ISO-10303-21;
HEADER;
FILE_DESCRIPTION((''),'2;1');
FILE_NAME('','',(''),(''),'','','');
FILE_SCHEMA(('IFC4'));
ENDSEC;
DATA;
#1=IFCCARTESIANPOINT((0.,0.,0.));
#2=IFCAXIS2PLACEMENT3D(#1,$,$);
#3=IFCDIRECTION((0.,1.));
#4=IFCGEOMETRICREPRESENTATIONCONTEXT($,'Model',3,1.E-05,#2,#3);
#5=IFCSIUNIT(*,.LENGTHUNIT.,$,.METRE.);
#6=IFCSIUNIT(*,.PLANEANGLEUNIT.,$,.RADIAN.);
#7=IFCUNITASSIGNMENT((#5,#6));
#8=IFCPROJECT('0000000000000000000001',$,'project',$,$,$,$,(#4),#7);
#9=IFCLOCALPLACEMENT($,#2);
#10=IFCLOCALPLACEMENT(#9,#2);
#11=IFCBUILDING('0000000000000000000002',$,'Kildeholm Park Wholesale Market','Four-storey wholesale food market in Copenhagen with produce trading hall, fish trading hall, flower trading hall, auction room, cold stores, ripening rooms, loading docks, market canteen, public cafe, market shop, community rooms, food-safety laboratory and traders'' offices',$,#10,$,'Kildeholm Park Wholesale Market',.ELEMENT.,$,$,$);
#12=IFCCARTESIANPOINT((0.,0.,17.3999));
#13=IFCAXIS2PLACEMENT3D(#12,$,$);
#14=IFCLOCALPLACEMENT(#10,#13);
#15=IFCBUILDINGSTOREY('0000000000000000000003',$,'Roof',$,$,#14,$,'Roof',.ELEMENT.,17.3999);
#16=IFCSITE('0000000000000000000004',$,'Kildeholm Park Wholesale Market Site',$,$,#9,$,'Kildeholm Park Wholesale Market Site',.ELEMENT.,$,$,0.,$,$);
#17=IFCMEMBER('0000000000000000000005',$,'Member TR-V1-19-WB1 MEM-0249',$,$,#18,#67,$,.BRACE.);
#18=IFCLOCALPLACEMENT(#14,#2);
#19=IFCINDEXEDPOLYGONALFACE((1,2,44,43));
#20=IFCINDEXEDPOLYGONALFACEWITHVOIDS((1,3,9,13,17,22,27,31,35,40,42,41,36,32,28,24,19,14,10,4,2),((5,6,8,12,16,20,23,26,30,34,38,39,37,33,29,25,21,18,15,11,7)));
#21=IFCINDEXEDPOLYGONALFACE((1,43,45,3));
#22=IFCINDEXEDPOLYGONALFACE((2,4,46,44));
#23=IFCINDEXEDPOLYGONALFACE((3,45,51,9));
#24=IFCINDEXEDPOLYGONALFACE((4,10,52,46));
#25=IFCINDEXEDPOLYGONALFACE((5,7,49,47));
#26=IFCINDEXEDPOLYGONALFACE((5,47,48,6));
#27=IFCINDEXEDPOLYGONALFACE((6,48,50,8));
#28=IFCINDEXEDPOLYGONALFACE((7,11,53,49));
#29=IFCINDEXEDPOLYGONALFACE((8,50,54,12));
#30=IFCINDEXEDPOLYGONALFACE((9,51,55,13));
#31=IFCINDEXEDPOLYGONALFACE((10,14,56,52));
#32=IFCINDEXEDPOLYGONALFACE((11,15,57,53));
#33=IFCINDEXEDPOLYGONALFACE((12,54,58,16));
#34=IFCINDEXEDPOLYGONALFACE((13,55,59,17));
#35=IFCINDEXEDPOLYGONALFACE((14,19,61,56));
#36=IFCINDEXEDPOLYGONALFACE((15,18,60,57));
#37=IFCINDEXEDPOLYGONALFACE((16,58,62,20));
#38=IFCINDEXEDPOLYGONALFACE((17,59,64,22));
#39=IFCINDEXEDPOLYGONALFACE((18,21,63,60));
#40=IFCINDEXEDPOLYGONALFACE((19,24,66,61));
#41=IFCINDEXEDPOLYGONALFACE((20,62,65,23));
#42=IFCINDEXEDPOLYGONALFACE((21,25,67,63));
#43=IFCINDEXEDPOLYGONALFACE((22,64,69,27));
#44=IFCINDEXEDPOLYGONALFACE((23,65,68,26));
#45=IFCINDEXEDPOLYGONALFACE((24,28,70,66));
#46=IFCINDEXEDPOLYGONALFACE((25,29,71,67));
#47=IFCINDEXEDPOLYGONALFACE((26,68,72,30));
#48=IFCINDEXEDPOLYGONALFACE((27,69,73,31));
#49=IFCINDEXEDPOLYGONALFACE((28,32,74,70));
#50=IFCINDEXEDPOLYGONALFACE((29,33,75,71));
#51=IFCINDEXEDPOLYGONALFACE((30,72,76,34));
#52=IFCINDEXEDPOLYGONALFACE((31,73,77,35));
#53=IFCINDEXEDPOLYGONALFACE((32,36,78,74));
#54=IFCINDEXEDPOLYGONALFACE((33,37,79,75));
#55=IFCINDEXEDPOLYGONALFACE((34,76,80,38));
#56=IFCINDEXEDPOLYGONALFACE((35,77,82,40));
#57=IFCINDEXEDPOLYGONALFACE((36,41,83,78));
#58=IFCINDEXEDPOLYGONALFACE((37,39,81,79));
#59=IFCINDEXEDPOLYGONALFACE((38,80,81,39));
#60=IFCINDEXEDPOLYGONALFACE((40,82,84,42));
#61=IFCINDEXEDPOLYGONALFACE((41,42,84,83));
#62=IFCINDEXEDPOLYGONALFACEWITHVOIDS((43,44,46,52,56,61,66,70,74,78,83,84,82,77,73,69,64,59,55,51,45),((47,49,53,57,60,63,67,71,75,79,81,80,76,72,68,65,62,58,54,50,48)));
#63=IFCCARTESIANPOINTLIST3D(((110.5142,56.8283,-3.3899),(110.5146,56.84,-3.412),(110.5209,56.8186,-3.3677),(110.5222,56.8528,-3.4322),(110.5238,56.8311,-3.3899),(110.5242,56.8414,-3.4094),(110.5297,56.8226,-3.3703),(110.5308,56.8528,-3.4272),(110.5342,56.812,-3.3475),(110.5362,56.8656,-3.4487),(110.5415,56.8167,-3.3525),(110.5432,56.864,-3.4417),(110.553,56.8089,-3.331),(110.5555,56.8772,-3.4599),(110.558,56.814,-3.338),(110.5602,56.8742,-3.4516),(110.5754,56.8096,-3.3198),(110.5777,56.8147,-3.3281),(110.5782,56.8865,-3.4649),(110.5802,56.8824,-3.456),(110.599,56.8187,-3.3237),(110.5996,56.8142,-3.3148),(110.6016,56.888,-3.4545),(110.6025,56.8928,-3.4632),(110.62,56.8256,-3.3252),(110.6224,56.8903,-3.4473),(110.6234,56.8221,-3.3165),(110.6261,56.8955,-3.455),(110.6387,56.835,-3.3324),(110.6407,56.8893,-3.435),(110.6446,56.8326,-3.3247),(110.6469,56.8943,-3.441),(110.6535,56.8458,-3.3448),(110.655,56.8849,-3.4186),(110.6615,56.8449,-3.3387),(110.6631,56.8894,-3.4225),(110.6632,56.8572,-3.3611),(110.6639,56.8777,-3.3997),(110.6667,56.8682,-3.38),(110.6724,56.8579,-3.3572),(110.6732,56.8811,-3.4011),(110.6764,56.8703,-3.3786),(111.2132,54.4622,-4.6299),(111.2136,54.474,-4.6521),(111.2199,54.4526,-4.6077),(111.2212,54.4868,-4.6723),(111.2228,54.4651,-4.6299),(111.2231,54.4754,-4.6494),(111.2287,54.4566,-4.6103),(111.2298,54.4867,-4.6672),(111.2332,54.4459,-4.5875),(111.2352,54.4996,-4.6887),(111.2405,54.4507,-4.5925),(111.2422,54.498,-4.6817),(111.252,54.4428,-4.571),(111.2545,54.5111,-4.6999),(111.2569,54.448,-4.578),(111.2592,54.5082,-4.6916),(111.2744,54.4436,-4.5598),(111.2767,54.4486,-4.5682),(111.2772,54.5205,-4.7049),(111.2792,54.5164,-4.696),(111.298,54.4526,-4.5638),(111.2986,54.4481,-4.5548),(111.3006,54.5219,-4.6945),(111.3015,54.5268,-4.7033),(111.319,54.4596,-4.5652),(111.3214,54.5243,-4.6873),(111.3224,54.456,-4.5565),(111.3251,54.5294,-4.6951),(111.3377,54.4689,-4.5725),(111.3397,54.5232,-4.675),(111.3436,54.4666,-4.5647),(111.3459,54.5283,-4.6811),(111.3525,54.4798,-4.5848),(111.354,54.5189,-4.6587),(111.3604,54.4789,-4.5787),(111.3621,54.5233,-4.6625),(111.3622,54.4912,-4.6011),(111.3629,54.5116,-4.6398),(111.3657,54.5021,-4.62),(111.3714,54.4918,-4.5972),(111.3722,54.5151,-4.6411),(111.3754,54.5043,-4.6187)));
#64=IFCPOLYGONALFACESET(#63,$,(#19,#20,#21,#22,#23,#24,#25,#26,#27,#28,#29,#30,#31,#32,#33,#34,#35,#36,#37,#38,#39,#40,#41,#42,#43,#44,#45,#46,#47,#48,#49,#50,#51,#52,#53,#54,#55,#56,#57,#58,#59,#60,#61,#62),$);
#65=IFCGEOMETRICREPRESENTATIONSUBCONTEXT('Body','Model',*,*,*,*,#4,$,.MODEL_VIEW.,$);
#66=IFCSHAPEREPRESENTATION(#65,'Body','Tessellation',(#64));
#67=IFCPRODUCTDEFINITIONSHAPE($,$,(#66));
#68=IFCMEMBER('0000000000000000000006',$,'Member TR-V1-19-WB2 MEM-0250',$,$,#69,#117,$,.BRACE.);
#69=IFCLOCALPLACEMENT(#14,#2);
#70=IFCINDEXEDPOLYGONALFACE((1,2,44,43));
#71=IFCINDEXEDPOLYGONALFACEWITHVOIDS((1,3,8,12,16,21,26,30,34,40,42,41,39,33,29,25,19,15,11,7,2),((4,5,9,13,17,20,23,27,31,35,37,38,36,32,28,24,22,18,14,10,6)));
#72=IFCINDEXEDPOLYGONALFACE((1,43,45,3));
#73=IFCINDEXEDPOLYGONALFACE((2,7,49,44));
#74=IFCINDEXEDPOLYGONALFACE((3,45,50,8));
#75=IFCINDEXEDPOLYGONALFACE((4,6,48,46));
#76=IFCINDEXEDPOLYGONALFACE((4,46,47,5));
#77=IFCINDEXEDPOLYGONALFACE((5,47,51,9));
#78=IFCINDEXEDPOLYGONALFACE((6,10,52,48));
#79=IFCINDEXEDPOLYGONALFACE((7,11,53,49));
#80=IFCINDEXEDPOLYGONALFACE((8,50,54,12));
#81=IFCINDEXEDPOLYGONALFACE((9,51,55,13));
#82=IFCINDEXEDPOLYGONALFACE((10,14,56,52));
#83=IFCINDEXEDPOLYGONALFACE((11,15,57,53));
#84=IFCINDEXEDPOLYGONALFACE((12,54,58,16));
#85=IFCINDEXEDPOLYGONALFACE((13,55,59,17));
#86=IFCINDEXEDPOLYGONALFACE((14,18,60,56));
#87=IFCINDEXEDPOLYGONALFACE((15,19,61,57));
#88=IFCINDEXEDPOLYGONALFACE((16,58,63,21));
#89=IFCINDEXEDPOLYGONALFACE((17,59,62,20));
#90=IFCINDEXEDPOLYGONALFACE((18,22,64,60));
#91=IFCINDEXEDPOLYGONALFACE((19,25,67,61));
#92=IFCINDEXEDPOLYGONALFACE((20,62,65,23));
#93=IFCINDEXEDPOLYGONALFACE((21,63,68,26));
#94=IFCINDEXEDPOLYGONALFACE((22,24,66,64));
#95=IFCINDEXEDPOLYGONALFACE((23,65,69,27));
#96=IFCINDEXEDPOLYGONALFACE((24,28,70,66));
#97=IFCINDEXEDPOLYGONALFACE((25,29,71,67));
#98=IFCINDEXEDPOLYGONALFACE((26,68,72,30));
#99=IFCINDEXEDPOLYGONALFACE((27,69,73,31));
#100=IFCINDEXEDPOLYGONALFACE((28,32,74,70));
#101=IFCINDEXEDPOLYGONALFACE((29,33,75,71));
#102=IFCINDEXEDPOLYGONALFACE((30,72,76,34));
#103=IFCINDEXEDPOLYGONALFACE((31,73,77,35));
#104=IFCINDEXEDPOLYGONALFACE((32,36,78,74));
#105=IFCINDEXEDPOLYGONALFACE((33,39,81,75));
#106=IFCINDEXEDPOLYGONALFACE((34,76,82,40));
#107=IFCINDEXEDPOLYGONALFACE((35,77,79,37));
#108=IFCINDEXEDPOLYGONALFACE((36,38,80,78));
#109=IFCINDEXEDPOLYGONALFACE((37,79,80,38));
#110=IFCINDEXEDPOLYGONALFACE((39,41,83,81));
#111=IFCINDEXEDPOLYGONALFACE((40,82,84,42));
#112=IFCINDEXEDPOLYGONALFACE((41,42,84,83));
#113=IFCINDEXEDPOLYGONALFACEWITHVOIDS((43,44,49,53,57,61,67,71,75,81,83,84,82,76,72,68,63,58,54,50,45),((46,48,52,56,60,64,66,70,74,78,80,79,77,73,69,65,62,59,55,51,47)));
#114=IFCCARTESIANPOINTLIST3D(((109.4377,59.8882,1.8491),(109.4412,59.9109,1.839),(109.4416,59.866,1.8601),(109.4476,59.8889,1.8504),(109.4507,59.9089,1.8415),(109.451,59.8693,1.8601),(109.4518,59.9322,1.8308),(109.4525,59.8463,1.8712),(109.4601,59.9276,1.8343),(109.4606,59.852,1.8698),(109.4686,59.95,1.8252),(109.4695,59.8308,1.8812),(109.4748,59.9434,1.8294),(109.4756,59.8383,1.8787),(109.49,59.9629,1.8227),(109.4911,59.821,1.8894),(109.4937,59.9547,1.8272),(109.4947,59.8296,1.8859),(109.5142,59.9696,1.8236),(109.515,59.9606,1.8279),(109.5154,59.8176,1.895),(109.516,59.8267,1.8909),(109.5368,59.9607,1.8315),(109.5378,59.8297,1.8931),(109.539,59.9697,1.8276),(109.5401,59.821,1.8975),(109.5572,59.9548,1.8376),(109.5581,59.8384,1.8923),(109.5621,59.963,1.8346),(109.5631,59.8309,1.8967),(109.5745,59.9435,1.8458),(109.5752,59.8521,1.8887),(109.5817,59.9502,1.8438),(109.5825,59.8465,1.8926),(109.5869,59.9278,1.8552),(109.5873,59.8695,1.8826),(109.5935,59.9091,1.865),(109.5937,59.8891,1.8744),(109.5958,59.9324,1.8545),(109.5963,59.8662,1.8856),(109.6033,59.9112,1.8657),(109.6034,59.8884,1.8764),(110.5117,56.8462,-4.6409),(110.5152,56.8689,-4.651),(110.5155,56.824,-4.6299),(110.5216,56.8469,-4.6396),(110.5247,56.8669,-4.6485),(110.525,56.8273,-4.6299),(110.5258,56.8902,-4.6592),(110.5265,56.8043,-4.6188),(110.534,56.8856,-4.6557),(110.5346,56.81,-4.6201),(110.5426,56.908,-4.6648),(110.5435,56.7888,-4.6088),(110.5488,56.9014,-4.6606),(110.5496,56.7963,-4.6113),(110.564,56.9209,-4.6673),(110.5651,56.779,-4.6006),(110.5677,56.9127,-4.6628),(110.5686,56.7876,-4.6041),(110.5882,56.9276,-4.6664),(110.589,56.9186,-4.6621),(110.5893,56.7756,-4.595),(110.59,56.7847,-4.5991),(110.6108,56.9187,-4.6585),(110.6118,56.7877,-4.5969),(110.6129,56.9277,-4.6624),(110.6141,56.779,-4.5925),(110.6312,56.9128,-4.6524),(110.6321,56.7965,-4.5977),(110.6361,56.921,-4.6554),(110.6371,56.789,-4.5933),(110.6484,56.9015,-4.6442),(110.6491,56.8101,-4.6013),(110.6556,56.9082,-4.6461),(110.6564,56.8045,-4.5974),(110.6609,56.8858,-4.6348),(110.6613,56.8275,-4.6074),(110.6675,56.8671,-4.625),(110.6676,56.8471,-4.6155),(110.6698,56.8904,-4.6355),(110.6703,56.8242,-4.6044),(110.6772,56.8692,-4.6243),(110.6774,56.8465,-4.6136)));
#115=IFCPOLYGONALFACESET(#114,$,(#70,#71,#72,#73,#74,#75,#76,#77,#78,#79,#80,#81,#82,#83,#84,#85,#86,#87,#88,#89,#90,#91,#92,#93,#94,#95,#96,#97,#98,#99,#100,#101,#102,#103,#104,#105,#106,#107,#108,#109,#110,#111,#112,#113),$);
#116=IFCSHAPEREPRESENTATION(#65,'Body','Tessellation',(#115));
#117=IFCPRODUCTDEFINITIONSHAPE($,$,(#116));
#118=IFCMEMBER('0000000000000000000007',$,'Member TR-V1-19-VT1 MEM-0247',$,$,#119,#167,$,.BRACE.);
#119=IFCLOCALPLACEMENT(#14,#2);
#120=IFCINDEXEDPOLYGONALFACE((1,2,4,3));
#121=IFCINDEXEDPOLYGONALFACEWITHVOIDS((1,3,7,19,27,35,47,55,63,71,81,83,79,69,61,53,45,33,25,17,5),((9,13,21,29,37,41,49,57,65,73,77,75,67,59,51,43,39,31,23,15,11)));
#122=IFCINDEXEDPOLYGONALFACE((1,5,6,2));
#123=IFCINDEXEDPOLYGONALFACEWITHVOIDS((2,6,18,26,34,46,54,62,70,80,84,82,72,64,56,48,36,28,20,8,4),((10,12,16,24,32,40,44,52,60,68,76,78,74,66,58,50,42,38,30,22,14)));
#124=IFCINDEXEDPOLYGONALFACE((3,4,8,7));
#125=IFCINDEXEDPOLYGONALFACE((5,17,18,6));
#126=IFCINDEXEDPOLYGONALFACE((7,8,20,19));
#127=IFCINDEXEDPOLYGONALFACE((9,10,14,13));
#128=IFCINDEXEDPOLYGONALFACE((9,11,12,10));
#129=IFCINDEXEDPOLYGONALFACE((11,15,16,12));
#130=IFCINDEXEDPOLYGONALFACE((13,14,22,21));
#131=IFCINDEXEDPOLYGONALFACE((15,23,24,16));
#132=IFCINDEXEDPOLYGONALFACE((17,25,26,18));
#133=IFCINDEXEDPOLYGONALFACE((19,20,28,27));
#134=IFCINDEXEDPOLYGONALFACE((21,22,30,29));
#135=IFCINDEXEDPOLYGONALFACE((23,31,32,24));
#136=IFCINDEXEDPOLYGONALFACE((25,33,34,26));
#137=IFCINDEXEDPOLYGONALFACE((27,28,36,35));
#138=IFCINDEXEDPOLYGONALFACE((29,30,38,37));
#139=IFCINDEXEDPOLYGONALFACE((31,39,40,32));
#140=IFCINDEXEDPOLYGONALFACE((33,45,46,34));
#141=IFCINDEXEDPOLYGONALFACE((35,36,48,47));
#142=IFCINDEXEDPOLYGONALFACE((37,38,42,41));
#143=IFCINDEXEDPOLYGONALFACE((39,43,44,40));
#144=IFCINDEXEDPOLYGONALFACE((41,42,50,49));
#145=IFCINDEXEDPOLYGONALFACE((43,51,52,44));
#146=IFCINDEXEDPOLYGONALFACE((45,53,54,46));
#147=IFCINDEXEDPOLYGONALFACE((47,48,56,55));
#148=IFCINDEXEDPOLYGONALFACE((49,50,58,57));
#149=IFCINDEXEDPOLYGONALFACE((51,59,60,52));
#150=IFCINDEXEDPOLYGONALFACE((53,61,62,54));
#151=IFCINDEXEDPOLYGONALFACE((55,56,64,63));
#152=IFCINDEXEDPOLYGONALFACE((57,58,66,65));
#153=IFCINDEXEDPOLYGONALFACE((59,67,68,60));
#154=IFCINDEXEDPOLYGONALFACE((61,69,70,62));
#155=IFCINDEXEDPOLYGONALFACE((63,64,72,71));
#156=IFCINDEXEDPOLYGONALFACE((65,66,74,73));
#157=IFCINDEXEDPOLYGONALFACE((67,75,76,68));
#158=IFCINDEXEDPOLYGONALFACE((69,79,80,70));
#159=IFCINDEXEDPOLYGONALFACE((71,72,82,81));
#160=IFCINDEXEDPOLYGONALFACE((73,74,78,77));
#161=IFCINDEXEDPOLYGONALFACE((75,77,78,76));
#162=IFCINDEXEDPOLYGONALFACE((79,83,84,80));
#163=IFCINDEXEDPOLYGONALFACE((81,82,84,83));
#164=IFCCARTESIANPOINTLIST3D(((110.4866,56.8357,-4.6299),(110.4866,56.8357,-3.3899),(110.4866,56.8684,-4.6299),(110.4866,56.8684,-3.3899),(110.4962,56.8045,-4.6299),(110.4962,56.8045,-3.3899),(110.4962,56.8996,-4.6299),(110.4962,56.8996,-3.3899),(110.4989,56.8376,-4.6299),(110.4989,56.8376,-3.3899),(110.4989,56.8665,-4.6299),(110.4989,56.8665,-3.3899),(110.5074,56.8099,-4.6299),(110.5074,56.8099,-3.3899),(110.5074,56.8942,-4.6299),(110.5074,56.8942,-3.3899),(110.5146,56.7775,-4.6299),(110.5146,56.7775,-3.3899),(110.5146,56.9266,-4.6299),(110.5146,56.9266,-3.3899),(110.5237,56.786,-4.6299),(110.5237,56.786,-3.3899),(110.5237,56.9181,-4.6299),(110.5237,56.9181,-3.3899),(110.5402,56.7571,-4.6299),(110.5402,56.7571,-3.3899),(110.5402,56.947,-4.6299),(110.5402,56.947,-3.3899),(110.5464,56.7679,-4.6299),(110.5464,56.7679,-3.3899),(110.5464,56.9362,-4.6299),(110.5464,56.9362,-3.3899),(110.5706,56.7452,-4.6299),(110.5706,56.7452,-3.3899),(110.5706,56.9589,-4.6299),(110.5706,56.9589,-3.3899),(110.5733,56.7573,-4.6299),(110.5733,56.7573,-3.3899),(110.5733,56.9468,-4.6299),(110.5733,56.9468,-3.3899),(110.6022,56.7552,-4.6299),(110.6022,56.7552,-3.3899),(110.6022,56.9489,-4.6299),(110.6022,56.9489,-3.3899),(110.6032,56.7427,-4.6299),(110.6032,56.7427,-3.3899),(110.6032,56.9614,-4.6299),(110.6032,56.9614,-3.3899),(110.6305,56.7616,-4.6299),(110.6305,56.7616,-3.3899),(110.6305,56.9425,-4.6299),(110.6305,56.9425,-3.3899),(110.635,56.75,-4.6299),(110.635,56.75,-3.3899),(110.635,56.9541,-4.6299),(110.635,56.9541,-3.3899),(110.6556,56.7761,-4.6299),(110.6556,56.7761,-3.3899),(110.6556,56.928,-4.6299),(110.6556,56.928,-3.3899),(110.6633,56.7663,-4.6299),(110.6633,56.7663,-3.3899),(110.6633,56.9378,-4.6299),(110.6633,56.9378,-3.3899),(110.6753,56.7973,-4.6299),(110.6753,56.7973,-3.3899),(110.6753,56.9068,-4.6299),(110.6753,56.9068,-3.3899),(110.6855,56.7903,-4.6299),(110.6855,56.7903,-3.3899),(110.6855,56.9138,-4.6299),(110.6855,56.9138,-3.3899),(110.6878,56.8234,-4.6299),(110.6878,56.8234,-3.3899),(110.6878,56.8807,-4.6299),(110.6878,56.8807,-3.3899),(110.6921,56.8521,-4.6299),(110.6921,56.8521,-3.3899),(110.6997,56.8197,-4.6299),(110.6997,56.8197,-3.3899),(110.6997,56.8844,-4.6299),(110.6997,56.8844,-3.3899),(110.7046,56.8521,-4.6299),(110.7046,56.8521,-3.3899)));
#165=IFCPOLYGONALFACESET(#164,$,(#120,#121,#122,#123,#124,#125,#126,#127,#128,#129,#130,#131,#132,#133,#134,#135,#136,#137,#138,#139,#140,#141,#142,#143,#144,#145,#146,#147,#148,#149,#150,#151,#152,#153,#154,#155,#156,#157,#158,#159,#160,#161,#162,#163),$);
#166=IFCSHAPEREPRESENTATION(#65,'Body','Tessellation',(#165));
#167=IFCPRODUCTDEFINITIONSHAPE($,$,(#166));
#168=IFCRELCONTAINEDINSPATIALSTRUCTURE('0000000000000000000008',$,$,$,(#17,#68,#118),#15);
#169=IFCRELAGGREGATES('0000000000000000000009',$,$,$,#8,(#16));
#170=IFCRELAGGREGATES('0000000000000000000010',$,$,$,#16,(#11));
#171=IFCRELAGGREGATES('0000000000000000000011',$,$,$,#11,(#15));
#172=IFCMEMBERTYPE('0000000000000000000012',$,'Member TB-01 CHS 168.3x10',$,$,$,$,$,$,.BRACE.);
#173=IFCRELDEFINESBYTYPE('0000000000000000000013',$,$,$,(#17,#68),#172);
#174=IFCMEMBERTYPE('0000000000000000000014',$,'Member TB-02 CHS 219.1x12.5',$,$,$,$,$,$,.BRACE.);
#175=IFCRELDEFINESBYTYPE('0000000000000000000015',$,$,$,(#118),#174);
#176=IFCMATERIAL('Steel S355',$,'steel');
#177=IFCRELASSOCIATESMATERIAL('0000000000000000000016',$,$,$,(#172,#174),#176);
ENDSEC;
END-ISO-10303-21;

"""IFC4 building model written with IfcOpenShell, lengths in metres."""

from ifc_helpers import new_model, si_unit, direction, frame, origin, origin_2d, place, context, subcontext, project, spatial, hollow_circle, extrude, material, material_profile, profile_set, type_object, element, save


model = new_model("IFC4")

# Units and contexts
model_context = context("Model", 3, precision=1e-05, world=origin(), true_north=direction((0.0, 1.0)))
body_context = subcontext(model_context, "Body", "Model", "MODEL_VIEW")
ifc_project = project(units=[si_unit("LENGTHUNIT", "METRE"), si_unit("PLANEANGLEUNIT", "RADIAN")], contexts=[model_context])

# Site, building, storey
site_placement = place(None, origin())
site = spatial("IfcSite", under=ifc_project, at=site_placement, Name="Kildeholm Park Wholesale Market Site", LongName="Kildeholm Park Wholesale Market Site", CompositionType="ELEMENT", RefElevation=0.0)
building_placement = place(site_placement, origin())
building = spatial("IfcBuilding", under=site, at=building_placement, Name="Kildeholm Park Wholesale Market", Description="Four-storey wholesale food market in Copenhagen with produce trading hall, fish trading hall, flower trading hall, auction room, cold stores, ripening rooms, loading docks, market canteen, public cafe, market shop, community rooms, food-safety laboratory and traders' offices", LongName="Kildeholm Park Wholesale Market", CompositionType="ELEMENT")
storey_placement = place(building_placement, frame((0.0, 0.0, 17.3999)))
storey = spatial("IfcBuildingStorey", under=building, at=storey_placement, Name="Roof", LongName="Roof", CompositionType="ELEMENT", Elevation=17.3999)

# Shared definitions
ifc_material_1 = material(Name="Steel S355", Category="steel")

# Members
ifc_material_profile_1 = material_profile(ifc_material_1, hollow_circle(Radius=0.0842, WallThickness=0.01, at=origin_2d()), Name="CHS 168.3x10")
ifc_profile_set_1 = profile_set([ifc_material_profile_1], Name="Steel S355")
member_type_1 = type_object("IfcMemberType", Name="Member TB-01 CHS 168.3x10", PredefinedType="BRACE", material=ifc_profile_set_1)
member_1_placement = place(storey_placement, frame((111.2939, 54.4861, -4.6299), z_axis=(-0.253146, 0.856878, 0.449085), x_axis=(-0.959024, -0.283323, 0.0)))
element("IfcMember", 1, at=member_1_placement, inside=storey, type_object=member_type_1, Name="Member TR-V1-19-WB1 MEM-0249", PredefinedType="BRACE", context=body_context, shape_type="SweptSolid", body=[
    extrude(hollow_circle(Radius=0.0842, WallThickness=0.01, at=origin_2d()), origin(), (0.0, 0.0, 1.0), 2.7612),
])
member_2_placement = place(storey_placement, frame((110.595, 56.8521, -4.6299), z_axis=(-0.148184, 0.419726, 0.895473), x_axis=(-0.942958, -0.332911, 0.0)))
element("IfcMember", 2, at=member_2_placement, inside=storey, type_object=member_type_1, Name="Member TR-V1-19-WB2 MEM-0250", PredefinedType="BRACE", context=body_context, shape_type="SweptSolid", body=[
    extrude(hollow_circle(Radius=0.0842, WallThickness=0.01, at=origin_2d()), origin(), (0.0, 0.0, 1.0), 7.2476),
])
ifc_material_profile_2 = material_profile(ifc_material_1, hollow_circle(Radius=0.1096, WallThickness=0.0125, at=origin_2d()), Name="CHS 219.1x12.5")
ifc_profile_set_2 = profile_set([ifc_material_profile_2], Name="Steel S355")
member_type_2 = type_object("IfcMemberType", Name="Member TB-02 CHS 219.1x12.5", PredefinedType="BRACE", material=ifc_profile_set_2)
member_3_placement = place(storey_placement, frame((110.595, 56.8521, -4.6299), z_axis=(0.0, 0.0, 1.0), x_axis=(1.0, 0.0, 0.0)))
element("IfcMember", 3, at=member_3_placement, inside=storey, type_object=member_type_2, Name="Member TR-V1-19-VT1 MEM-0247", PredefinedType="BRACE", context=body_context, shape_type="SweptSolid", body=[
    extrude(hollow_circle(Radius=0.1096, WallThickness=0.0125, at=origin_2d()), origin(), (0.0, 0.0, 1.0), 1.24),
])

save(model, "model.ifc")
